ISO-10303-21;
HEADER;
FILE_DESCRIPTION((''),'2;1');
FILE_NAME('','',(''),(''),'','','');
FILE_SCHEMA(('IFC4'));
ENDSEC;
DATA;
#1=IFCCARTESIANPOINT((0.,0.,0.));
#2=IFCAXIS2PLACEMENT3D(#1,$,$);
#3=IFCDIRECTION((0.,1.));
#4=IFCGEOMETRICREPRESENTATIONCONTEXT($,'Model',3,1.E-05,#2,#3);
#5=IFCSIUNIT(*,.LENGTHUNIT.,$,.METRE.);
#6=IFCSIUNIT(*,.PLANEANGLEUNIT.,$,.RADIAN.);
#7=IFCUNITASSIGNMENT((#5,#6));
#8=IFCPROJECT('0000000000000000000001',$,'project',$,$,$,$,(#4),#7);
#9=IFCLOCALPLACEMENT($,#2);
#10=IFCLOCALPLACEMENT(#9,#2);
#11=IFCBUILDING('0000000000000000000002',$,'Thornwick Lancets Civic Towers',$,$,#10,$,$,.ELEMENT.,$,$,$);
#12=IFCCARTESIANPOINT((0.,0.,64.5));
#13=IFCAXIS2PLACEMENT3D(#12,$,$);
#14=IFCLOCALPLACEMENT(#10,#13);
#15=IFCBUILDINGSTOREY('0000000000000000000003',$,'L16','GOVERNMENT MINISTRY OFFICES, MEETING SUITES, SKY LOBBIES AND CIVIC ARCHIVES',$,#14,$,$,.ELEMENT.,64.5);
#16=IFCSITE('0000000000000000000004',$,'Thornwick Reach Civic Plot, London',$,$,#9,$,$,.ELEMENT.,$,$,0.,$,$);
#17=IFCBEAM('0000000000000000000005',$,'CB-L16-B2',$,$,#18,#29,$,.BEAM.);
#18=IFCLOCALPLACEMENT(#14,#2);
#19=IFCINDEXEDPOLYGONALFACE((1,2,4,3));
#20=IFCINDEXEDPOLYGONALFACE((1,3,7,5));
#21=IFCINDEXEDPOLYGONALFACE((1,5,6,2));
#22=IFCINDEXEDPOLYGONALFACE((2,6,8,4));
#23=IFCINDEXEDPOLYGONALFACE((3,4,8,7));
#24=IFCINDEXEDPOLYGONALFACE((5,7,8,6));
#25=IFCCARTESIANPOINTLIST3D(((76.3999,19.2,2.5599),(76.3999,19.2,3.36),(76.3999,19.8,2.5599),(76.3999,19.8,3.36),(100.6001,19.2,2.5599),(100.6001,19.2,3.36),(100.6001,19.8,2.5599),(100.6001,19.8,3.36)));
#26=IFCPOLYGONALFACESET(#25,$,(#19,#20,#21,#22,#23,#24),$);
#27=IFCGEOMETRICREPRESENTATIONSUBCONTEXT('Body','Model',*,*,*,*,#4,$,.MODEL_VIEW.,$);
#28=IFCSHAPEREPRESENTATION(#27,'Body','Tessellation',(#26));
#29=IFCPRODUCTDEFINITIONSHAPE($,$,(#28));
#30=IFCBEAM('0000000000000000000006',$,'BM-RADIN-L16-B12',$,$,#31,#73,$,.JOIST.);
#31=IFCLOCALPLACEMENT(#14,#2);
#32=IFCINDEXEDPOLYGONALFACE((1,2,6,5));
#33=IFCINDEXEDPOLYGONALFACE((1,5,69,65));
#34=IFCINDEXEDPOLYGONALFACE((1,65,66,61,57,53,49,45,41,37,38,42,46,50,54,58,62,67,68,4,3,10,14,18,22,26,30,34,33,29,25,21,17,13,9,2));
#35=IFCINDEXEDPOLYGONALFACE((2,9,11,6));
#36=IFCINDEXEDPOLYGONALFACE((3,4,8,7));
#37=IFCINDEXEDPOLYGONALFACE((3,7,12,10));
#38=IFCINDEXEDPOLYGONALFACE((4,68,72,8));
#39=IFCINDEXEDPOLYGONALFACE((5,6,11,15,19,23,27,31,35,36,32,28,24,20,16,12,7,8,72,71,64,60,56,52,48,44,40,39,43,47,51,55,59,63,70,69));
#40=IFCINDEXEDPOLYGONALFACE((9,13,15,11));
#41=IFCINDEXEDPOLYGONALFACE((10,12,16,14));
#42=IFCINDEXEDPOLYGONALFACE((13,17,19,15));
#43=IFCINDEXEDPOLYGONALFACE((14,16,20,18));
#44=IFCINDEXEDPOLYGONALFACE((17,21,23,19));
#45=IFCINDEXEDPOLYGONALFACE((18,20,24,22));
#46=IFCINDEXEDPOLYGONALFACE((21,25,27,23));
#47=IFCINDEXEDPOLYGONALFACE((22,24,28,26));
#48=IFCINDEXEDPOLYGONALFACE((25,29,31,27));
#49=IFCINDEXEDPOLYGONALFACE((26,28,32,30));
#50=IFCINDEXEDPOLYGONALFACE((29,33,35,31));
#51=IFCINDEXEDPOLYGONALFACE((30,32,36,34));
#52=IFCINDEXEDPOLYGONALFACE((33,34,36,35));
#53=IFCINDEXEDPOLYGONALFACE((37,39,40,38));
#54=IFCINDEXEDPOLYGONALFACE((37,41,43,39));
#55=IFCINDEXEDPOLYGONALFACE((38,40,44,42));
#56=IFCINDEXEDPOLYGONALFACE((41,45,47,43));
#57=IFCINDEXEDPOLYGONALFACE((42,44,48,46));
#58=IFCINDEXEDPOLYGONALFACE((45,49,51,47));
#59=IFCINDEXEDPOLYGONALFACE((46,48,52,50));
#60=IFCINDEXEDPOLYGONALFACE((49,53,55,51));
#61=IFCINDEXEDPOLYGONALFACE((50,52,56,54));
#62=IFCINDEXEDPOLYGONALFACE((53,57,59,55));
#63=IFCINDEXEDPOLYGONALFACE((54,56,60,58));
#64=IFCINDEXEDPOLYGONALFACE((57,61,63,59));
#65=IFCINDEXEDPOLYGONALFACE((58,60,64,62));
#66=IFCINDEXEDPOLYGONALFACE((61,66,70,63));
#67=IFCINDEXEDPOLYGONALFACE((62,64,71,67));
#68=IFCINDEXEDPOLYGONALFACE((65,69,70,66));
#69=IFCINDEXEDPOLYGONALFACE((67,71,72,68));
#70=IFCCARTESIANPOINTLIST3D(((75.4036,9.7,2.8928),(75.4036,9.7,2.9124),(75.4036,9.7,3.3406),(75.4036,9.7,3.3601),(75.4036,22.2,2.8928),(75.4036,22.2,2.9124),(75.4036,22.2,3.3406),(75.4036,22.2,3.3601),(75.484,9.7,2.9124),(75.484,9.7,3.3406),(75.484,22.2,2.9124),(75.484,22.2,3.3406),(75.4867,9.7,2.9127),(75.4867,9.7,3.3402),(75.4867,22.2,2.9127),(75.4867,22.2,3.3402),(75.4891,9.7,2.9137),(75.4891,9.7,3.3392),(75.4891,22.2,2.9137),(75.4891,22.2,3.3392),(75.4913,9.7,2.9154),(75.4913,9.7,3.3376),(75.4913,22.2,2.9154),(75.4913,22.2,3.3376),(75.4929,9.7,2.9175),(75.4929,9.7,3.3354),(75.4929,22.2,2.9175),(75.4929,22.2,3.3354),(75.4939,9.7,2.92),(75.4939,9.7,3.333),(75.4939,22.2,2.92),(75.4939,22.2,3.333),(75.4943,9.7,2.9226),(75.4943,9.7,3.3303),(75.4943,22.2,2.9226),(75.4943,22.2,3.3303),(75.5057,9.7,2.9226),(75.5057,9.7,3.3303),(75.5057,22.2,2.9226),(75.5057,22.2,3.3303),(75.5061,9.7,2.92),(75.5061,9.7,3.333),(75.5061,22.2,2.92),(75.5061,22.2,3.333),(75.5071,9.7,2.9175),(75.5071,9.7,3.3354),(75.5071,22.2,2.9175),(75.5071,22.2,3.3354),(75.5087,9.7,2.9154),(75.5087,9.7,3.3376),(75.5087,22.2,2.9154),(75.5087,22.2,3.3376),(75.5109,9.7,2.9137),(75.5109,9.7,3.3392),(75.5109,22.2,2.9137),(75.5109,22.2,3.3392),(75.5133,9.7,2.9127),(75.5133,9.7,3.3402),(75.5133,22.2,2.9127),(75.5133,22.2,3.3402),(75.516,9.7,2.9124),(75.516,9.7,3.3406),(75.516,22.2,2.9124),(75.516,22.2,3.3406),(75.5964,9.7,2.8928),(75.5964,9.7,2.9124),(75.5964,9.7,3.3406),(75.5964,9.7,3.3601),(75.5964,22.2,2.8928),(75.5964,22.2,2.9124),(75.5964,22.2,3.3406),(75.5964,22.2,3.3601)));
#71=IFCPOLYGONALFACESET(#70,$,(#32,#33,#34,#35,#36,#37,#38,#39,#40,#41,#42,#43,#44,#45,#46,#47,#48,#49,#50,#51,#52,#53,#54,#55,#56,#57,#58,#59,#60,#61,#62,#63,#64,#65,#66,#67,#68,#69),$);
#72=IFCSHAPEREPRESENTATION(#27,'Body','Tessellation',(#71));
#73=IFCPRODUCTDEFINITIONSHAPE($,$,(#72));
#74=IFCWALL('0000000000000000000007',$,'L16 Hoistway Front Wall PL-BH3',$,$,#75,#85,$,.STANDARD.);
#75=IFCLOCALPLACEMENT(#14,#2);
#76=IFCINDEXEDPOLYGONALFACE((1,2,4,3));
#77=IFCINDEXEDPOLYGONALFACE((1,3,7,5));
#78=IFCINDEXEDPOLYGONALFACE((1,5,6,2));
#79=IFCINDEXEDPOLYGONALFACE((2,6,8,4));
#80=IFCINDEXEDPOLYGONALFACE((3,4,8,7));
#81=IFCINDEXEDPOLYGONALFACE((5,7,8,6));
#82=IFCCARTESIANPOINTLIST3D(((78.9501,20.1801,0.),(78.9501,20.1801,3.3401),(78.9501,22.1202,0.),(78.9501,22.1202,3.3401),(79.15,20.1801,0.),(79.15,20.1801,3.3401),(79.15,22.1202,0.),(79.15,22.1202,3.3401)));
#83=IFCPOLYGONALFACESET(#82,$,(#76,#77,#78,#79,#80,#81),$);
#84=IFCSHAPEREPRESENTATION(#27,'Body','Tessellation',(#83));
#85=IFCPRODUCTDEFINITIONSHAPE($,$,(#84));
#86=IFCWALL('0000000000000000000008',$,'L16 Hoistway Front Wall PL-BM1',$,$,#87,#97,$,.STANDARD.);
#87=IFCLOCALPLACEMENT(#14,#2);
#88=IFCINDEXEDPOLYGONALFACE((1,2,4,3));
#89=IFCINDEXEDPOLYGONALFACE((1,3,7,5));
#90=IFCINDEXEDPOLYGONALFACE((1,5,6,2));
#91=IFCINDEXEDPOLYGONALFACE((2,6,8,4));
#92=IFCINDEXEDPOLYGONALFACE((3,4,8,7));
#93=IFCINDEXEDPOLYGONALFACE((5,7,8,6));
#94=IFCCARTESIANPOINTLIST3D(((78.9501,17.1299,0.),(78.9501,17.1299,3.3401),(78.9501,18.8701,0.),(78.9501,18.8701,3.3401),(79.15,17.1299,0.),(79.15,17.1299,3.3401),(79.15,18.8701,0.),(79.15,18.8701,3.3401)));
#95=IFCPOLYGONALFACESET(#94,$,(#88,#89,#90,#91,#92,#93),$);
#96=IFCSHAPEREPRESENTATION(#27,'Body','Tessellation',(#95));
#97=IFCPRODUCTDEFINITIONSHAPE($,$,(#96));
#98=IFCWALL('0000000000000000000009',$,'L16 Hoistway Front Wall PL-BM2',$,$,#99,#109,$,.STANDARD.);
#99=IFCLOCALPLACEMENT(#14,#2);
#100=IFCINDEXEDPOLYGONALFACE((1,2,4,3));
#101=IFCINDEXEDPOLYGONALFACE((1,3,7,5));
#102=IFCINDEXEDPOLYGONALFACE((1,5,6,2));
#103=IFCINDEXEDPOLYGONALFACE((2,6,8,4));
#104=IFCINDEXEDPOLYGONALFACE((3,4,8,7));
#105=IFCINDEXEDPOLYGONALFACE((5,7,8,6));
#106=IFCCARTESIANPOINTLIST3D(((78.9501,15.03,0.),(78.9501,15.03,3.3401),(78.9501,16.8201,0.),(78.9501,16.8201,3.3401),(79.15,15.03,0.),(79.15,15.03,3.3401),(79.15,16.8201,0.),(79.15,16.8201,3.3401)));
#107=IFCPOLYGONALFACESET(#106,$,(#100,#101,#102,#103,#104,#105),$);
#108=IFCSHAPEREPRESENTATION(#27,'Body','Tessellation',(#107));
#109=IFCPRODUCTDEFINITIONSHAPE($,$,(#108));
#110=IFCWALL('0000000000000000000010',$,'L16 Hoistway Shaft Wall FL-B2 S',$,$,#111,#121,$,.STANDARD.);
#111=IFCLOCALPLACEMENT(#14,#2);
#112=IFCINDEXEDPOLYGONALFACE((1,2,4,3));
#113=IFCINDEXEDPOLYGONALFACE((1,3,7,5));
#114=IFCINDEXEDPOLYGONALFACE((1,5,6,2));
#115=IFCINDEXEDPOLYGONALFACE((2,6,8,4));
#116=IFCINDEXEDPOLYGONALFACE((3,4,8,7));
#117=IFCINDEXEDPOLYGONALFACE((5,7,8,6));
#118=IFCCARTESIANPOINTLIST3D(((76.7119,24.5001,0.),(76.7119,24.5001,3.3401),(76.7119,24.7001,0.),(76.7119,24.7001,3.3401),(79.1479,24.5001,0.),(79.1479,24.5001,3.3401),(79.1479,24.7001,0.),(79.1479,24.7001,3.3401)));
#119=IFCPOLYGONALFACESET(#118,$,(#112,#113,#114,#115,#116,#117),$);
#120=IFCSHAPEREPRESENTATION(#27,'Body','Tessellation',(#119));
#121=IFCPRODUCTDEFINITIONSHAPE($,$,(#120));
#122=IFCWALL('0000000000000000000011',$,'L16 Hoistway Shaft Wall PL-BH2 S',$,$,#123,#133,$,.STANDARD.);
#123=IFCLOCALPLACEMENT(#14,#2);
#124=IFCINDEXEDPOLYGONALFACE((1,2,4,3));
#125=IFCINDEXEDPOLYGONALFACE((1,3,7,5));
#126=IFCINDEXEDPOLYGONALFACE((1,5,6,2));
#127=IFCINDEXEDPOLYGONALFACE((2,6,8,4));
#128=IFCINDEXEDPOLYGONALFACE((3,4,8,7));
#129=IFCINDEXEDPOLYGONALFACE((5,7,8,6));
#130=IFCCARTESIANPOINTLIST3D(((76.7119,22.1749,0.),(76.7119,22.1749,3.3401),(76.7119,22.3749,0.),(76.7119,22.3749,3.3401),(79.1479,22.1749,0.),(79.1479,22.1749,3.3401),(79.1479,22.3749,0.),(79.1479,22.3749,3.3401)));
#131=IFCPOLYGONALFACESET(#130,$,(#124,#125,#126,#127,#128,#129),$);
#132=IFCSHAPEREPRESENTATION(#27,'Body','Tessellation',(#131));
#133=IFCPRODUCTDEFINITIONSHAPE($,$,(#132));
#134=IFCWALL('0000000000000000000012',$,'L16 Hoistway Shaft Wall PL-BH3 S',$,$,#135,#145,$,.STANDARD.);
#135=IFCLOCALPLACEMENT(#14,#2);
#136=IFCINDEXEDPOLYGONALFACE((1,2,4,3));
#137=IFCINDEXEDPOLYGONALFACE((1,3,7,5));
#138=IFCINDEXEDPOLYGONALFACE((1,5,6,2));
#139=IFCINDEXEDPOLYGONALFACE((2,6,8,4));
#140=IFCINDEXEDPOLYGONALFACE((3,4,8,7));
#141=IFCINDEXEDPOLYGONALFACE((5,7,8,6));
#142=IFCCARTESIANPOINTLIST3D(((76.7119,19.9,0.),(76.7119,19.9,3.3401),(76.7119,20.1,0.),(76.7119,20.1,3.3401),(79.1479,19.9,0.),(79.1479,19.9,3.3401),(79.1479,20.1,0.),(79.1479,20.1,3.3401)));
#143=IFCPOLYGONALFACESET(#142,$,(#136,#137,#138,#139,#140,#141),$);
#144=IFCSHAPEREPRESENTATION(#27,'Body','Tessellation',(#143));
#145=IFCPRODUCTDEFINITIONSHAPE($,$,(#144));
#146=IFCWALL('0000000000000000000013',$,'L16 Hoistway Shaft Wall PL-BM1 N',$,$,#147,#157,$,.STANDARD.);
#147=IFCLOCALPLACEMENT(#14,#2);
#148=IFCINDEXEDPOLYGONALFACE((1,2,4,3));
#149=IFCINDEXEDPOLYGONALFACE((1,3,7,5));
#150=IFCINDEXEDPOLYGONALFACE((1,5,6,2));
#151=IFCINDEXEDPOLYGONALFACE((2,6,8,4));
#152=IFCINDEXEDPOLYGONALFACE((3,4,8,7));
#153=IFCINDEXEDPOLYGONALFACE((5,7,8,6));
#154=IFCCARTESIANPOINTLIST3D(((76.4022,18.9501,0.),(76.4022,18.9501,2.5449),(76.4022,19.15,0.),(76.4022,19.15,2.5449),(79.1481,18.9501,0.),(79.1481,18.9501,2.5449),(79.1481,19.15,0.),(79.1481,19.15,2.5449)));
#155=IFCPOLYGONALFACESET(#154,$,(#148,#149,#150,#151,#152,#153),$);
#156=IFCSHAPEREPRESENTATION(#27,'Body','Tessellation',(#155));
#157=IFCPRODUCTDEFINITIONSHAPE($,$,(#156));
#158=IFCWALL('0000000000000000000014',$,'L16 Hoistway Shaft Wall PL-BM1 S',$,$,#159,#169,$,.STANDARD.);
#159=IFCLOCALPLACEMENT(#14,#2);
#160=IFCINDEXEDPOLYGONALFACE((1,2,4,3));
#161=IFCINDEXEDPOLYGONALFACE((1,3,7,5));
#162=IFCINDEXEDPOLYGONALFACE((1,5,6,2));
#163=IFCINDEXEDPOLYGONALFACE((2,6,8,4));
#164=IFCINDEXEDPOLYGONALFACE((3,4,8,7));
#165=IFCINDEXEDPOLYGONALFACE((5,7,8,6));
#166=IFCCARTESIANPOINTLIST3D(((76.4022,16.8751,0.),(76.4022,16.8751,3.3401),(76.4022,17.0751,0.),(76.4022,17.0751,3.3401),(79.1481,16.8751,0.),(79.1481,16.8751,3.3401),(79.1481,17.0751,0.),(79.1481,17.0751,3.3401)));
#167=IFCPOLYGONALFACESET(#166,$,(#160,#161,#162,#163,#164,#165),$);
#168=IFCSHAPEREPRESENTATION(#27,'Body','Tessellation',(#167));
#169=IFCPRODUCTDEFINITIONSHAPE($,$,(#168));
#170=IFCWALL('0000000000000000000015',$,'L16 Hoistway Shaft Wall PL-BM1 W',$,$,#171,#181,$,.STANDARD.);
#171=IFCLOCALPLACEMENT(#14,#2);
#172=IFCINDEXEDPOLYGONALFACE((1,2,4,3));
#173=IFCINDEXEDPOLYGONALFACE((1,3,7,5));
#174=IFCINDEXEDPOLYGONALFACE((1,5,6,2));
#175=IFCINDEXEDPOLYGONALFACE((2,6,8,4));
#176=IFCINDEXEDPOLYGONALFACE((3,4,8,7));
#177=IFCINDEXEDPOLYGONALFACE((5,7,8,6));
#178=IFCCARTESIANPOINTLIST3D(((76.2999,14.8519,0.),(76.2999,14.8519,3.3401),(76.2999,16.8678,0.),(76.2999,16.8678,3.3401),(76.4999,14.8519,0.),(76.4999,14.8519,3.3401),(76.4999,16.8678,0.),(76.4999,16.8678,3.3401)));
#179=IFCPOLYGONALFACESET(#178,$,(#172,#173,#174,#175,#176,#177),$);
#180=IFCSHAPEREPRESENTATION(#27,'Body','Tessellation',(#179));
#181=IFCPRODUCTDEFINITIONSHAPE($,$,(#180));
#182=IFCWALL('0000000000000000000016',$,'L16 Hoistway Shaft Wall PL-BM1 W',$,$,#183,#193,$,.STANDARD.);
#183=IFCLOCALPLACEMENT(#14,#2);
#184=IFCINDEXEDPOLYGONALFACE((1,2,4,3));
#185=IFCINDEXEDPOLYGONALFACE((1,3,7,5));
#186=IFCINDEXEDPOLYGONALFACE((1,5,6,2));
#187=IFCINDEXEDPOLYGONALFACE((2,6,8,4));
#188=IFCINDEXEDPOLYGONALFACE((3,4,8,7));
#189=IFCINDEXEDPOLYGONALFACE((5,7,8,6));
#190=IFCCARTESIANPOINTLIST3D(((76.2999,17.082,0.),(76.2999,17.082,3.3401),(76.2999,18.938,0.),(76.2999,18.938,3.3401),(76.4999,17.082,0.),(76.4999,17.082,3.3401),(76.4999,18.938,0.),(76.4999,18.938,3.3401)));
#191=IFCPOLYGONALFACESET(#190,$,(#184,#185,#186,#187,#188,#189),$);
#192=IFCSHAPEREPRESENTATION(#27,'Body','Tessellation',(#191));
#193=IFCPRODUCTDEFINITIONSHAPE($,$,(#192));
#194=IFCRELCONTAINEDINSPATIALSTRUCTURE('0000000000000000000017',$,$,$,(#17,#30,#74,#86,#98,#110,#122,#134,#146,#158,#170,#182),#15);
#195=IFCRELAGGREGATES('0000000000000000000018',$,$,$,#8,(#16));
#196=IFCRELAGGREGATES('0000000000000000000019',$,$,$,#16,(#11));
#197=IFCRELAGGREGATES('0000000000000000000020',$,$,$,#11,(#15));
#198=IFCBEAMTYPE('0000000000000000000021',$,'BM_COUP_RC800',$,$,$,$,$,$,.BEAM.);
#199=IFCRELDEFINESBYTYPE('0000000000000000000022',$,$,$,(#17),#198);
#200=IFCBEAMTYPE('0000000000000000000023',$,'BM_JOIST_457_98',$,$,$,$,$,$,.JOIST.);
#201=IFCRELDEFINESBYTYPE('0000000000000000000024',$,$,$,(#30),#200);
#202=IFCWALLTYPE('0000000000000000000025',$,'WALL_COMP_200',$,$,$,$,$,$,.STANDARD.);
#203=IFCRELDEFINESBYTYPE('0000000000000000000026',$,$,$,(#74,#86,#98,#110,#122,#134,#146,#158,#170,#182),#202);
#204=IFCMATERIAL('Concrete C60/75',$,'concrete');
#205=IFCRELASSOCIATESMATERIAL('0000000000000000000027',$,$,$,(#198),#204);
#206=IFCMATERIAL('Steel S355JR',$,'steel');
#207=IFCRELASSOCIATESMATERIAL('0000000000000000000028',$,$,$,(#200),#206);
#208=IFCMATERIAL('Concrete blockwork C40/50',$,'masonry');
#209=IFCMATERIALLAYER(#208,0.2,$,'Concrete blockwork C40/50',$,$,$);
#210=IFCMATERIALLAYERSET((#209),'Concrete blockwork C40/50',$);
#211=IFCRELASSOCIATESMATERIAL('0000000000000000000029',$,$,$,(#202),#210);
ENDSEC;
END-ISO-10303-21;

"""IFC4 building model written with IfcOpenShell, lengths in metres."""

from ifc_helpers import new_model, si_unit, direction, frame, frame_2d, origin, origin_2d, place, context, subcontext, project, spatial, rectangle, i_section, extrude, material, layer, layer_set, material_profile, profile_set, type_object, element, save


model = new_model("IFC4")

# Units and contexts
model_context = context("Model", 3, precision=1e-05, world=origin(), true_north=direction((0.0, 1.0)))
body_context = subcontext(model_context, "Body", "Model", "MODEL_VIEW")
ifc_project = project(units=[si_unit("LENGTHUNIT", "METRE"), si_unit("PLANEANGLEUNIT", "RADIAN")], contexts=[model_context])

# Site, building, storey
site_placement = place(None, origin())
site = spatial("IfcSite", under=ifc_project, at=site_placement, Name="Thornwick Reach Civic Plot, London", CompositionType="ELEMENT", RefElevation=0.0)
building_placement = place(site_placement, origin())
building = spatial("IfcBuilding", under=site, at=building_placement, Name="Thornwick Lancets Civic Towers", CompositionType="ELEMENT")
storey_placement = place(building_placement, frame((0.0, 0.0, 64.5)))
storey = spatial("IfcBuildingStorey", under=building, at=storey_placement, Name="L16", Description="GOVERNMENT MINISTRY OFFICES, MEETING SUITES, SKY LOBBIES AND CIVIC ARCHIVES", CompositionType="ELEMENT", Elevation=64.5)

# Beams
ifc_material_1 = material(Name="Concrete C60/75", Category="concrete")
ifc_material_profile_1 = material_profile(ifc_material_1, rectangle(XDim=0.6001, YDim=0.8, at=origin_2d()), Name="RC 600x800")
ifc_profile_set_1 = profile_set([ifc_material_profile_1], Name="Concrete C60/75")
beam_type_1 = type_object("IfcBeamType", Name="BM_COUP_RC800", PredefinedType="BEAM", material=ifc_profile_set_1)
beam_1_placement = place(storey_placement, frame((76.3999, 19.5, 2.96), z_axis=(1.0, 0.0, 0.0), x_axis=(0.0, 1.0, 0.0)))
element("IfcBeam", 1, at=beam_1_placement, inside=storey, type_object=beam_type_1, Name="CB-L16-B2", PredefinedType="BEAM", context=body_context, shape_type="SweptSolid", body=[
    extrude(rectangle(XDim=0.6001, YDim=0.8, at=origin_2d()), origin(), (0.0, 0.0, 1.0), 24.2002),
])
ifc_material_2 = material(Name="Steel S355JR", Category="steel")
ifc_material_profile_2 = material_profile(ifc_material_2, i_section(OverallWidth=0.1929, OverallDepth=0.4673, WebThickness=0.0115, FlangeThickness=0.0195, FilletRadius=0.0103, at=origin_2d()), Name="UKB 457x191x98")
ifc_profile_set_2 = profile_set([ifc_material_profile_2], Name="Steel S355JR")
beam_type_2 = type_object("IfcBeamType", Name="BM_JOIST_457_98", PredefinedType="JOIST", material=ifc_profile_set_2)
beam_2_placement = place(storey_placement, frame((75.5, 22.2, 3.1265), z_axis=(0.0, -1.0, 0.0), x_axis=(1.0, 0.0, 0.0)))
element("IfcBeam", 2, at=beam_2_placement, inside=storey, type_object=beam_type_2, Name="BM-RADIN-L16-B12", PredefinedType="JOIST", context=body_context, shape_type="SweptSolid", body=[
    extrude(i_section(OverallWidth=0.1929, OverallDepth=0.4673, WebThickness=0.0115, FlangeThickness=0.0195, FilletRadius=0.0103, at=origin_2d()), origin(), (0.0, 0.0, 1.0), 12.5),
])

# Walls
ifc_material_3 = material(Name="Concrete blockwork C40/50", Category="masonry")
ifc_layer_1 = layer(ifc_material_3, 0.2, Name="Concrete blockwork C40/50")
ifc_layer_set_1 = layer_set([ifc_layer_1], Name="Concrete blockwork C40/50")
wall_type_1 = type_object("IfcWallType", Name="WALL_COMP_200", PredefinedType="STANDARD", material=ifc_layer_set_1)
wall_1_placement = place(storey_placement, frame((79.05, 20.1799, 0.0), z_axis=(0.0, 0.0, 1.0), x_axis=(0.0, 1.0, 0.0)))
element("IfcWall", 3, at=wall_1_placement, inside=storey, type_object=wall_type_1, Name="L16 Hoistway Front Wall PL-BH3", PredefinedType="STANDARD", context=body_context, shape_type="SweptSolid", body=[
    extrude(rectangle(XDim=1.9402, YDim=0.2, at=frame_2d((0.9702, 0.0))), origin(), (0.0, 0.0, 1.0), 3.3401),
])
wall_2_placement = place(storey_placement, frame((79.05, 17.1299, 0.0), z_axis=(0.0, 0.0, 1.0), x_axis=(0.0, 1.0, 0.0)))
element("IfcWall", 4, at=wall_2_placement, inside=storey, type_object=wall_type_1, Name="L16 Hoistway Front Wall PL-BM1", PredefinedType="STANDARD", context=body_context, shape_type="SweptSolid", body=[
    extrude(rectangle(XDim=1.7402, YDim=0.2, at=frame_2d((0.8701, 0.0))), origin(), (0.0, 0.0, 1.0), 3.3401),
])
wall_3_placement = place(storey_placement, frame((79.05, 15.03, 0.0), z_axis=(0.0, 0.0, 1.0), x_axis=(0.0, 1.0, 0.0)))
element("IfcWall", 5, at=wall_3_placement, inside=storey, type_object=wall_type_1, Name="L16 Hoistway Front Wall PL-BM2", PredefinedType="STANDARD", context=body_context, shape_type="SweptSolid", body=[
    extrude(rectangle(XDim=1.79, YDim=0.2, at=frame_2d((0.895, 0.0))), origin(), (0.0, 0.0, 1.0), 3.3401),
])
for number, where, z_axis, x_axis, name in (
    (6, (76.7119, 24.6001, 0.0), (0.0, 0.0, 1.0), (1.0, 0.0, 0.0), "L16 Hoistway Shaft Wall FL-B2 S"),
    (7, (76.7119, 22.2749, 0.0), (0.0, 0.0, 1.0), (1.0, 0.0, 0.0), "L16 Hoistway Shaft Wall PL-BH2 S"),
    (8, (76.7119, 20.0, 0.0), (0.0, 0.0, 1.0), (1.0, 0.0, 0.0), "L16 Hoistway Shaft Wall PL-BH3 S"),
):
    element("IfcWall", number, at=place(storey_placement, frame(where, z_axis=z_axis, x_axis=x_axis)), inside=storey, type_object=wall_type_1, Name=name, PredefinedType="STANDARD", context=body_context, shape_type="SweptSolid", body=[
        extrude(rectangle(XDim=2.436, YDim=0.2, at=frame_2d((1.218, 0.0))), origin(), (0.0, 0.0, 1.0), 3.3401),
    ])
wall_4_placement = place(storey_placement, frame((76.4021, 19.05, 0.0), z_axis=(0.0, 0.0, 1.0), x_axis=(1.0, 0.0, 0.0)))
element("IfcWall", 9, at=wall_4_placement, inside=storey, type_object=wall_type_1, Name="L16 Hoistway Shaft Wall PL-BM1 N", PredefinedType="STANDARD", context=body_context, shape_type="SweptSolid", body=[
    extrude(rectangle(XDim=2.7458, YDim=0.2, at=frame_2d((1.373, 0.0))), origin(), (0.0, 0.0, 1.0), 2.5449),
])
wall_5_placement = place(storey_placement, frame((76.4021, 16.9751, 0.0), z_axis=(0.0, 0.0, 1.0), x_axis=(1.0, 0.0, 0.0)))
element("IfcWall", 10, at=wall_5_placement, inside=storey, type_object=wall_type_1, Name="L16 Hoistway Shaft Wall PL-BM1 S", PredefinedType="STANDARD", context=body_context, shape_type="SweptSolid", body=[
    extrude(rectangle(XDim=2.7458, YDim=0.2, at=frame_2d((1.373, 0.0))), origin(), (0.0, 0.0, 1.0), 3.3401),
])
wall_6_placement = place(storey_placement, frame((76.3999, 14.8521, 0.0), z_axis=(0.0, 0.0, 1.0), x_axis=(0.0, 1.0, 0.0)))
element("IfcWall", 11, at=wall_6_placement, inside=storey, type_object=wall_type_1, Name="L16 Hoistway Shaft Wall PL-BM1 W", PredefinedType="STANDARD", context=body_context, shape_type="SweptSolid", body=[
    extrude(rectangle(XDim=2.0159, YDim=0.2, at=frame_2d((1.0078, 0.0))), origin(), (0.0, 0.0, 1.0), 3.3401),
])
wall_7_placement = place(storey_placement, frame((76.3999, 17.082, 0.0), z_axis=(0.0, 0.0, 1.0), x_axis=(0.0, 1.0, 0.0)))
element("IfcWall", 12, at=wall_7_placement, inside=storey, type_object=wall_type_1, Name="L16 Hoistway Shaft Wall PL-BM1 W", PredefinedType="STANDARD", context=body_context, shape_type="SweptSolid", body=[
    extrude(rectangle(XDim=1.856, YDim=0.2, at=frame_2d((0.928, 0.0))), origin(), (0.0, 0.0, 1.0), 3.3401),
])

save(model, "model.ifc")
